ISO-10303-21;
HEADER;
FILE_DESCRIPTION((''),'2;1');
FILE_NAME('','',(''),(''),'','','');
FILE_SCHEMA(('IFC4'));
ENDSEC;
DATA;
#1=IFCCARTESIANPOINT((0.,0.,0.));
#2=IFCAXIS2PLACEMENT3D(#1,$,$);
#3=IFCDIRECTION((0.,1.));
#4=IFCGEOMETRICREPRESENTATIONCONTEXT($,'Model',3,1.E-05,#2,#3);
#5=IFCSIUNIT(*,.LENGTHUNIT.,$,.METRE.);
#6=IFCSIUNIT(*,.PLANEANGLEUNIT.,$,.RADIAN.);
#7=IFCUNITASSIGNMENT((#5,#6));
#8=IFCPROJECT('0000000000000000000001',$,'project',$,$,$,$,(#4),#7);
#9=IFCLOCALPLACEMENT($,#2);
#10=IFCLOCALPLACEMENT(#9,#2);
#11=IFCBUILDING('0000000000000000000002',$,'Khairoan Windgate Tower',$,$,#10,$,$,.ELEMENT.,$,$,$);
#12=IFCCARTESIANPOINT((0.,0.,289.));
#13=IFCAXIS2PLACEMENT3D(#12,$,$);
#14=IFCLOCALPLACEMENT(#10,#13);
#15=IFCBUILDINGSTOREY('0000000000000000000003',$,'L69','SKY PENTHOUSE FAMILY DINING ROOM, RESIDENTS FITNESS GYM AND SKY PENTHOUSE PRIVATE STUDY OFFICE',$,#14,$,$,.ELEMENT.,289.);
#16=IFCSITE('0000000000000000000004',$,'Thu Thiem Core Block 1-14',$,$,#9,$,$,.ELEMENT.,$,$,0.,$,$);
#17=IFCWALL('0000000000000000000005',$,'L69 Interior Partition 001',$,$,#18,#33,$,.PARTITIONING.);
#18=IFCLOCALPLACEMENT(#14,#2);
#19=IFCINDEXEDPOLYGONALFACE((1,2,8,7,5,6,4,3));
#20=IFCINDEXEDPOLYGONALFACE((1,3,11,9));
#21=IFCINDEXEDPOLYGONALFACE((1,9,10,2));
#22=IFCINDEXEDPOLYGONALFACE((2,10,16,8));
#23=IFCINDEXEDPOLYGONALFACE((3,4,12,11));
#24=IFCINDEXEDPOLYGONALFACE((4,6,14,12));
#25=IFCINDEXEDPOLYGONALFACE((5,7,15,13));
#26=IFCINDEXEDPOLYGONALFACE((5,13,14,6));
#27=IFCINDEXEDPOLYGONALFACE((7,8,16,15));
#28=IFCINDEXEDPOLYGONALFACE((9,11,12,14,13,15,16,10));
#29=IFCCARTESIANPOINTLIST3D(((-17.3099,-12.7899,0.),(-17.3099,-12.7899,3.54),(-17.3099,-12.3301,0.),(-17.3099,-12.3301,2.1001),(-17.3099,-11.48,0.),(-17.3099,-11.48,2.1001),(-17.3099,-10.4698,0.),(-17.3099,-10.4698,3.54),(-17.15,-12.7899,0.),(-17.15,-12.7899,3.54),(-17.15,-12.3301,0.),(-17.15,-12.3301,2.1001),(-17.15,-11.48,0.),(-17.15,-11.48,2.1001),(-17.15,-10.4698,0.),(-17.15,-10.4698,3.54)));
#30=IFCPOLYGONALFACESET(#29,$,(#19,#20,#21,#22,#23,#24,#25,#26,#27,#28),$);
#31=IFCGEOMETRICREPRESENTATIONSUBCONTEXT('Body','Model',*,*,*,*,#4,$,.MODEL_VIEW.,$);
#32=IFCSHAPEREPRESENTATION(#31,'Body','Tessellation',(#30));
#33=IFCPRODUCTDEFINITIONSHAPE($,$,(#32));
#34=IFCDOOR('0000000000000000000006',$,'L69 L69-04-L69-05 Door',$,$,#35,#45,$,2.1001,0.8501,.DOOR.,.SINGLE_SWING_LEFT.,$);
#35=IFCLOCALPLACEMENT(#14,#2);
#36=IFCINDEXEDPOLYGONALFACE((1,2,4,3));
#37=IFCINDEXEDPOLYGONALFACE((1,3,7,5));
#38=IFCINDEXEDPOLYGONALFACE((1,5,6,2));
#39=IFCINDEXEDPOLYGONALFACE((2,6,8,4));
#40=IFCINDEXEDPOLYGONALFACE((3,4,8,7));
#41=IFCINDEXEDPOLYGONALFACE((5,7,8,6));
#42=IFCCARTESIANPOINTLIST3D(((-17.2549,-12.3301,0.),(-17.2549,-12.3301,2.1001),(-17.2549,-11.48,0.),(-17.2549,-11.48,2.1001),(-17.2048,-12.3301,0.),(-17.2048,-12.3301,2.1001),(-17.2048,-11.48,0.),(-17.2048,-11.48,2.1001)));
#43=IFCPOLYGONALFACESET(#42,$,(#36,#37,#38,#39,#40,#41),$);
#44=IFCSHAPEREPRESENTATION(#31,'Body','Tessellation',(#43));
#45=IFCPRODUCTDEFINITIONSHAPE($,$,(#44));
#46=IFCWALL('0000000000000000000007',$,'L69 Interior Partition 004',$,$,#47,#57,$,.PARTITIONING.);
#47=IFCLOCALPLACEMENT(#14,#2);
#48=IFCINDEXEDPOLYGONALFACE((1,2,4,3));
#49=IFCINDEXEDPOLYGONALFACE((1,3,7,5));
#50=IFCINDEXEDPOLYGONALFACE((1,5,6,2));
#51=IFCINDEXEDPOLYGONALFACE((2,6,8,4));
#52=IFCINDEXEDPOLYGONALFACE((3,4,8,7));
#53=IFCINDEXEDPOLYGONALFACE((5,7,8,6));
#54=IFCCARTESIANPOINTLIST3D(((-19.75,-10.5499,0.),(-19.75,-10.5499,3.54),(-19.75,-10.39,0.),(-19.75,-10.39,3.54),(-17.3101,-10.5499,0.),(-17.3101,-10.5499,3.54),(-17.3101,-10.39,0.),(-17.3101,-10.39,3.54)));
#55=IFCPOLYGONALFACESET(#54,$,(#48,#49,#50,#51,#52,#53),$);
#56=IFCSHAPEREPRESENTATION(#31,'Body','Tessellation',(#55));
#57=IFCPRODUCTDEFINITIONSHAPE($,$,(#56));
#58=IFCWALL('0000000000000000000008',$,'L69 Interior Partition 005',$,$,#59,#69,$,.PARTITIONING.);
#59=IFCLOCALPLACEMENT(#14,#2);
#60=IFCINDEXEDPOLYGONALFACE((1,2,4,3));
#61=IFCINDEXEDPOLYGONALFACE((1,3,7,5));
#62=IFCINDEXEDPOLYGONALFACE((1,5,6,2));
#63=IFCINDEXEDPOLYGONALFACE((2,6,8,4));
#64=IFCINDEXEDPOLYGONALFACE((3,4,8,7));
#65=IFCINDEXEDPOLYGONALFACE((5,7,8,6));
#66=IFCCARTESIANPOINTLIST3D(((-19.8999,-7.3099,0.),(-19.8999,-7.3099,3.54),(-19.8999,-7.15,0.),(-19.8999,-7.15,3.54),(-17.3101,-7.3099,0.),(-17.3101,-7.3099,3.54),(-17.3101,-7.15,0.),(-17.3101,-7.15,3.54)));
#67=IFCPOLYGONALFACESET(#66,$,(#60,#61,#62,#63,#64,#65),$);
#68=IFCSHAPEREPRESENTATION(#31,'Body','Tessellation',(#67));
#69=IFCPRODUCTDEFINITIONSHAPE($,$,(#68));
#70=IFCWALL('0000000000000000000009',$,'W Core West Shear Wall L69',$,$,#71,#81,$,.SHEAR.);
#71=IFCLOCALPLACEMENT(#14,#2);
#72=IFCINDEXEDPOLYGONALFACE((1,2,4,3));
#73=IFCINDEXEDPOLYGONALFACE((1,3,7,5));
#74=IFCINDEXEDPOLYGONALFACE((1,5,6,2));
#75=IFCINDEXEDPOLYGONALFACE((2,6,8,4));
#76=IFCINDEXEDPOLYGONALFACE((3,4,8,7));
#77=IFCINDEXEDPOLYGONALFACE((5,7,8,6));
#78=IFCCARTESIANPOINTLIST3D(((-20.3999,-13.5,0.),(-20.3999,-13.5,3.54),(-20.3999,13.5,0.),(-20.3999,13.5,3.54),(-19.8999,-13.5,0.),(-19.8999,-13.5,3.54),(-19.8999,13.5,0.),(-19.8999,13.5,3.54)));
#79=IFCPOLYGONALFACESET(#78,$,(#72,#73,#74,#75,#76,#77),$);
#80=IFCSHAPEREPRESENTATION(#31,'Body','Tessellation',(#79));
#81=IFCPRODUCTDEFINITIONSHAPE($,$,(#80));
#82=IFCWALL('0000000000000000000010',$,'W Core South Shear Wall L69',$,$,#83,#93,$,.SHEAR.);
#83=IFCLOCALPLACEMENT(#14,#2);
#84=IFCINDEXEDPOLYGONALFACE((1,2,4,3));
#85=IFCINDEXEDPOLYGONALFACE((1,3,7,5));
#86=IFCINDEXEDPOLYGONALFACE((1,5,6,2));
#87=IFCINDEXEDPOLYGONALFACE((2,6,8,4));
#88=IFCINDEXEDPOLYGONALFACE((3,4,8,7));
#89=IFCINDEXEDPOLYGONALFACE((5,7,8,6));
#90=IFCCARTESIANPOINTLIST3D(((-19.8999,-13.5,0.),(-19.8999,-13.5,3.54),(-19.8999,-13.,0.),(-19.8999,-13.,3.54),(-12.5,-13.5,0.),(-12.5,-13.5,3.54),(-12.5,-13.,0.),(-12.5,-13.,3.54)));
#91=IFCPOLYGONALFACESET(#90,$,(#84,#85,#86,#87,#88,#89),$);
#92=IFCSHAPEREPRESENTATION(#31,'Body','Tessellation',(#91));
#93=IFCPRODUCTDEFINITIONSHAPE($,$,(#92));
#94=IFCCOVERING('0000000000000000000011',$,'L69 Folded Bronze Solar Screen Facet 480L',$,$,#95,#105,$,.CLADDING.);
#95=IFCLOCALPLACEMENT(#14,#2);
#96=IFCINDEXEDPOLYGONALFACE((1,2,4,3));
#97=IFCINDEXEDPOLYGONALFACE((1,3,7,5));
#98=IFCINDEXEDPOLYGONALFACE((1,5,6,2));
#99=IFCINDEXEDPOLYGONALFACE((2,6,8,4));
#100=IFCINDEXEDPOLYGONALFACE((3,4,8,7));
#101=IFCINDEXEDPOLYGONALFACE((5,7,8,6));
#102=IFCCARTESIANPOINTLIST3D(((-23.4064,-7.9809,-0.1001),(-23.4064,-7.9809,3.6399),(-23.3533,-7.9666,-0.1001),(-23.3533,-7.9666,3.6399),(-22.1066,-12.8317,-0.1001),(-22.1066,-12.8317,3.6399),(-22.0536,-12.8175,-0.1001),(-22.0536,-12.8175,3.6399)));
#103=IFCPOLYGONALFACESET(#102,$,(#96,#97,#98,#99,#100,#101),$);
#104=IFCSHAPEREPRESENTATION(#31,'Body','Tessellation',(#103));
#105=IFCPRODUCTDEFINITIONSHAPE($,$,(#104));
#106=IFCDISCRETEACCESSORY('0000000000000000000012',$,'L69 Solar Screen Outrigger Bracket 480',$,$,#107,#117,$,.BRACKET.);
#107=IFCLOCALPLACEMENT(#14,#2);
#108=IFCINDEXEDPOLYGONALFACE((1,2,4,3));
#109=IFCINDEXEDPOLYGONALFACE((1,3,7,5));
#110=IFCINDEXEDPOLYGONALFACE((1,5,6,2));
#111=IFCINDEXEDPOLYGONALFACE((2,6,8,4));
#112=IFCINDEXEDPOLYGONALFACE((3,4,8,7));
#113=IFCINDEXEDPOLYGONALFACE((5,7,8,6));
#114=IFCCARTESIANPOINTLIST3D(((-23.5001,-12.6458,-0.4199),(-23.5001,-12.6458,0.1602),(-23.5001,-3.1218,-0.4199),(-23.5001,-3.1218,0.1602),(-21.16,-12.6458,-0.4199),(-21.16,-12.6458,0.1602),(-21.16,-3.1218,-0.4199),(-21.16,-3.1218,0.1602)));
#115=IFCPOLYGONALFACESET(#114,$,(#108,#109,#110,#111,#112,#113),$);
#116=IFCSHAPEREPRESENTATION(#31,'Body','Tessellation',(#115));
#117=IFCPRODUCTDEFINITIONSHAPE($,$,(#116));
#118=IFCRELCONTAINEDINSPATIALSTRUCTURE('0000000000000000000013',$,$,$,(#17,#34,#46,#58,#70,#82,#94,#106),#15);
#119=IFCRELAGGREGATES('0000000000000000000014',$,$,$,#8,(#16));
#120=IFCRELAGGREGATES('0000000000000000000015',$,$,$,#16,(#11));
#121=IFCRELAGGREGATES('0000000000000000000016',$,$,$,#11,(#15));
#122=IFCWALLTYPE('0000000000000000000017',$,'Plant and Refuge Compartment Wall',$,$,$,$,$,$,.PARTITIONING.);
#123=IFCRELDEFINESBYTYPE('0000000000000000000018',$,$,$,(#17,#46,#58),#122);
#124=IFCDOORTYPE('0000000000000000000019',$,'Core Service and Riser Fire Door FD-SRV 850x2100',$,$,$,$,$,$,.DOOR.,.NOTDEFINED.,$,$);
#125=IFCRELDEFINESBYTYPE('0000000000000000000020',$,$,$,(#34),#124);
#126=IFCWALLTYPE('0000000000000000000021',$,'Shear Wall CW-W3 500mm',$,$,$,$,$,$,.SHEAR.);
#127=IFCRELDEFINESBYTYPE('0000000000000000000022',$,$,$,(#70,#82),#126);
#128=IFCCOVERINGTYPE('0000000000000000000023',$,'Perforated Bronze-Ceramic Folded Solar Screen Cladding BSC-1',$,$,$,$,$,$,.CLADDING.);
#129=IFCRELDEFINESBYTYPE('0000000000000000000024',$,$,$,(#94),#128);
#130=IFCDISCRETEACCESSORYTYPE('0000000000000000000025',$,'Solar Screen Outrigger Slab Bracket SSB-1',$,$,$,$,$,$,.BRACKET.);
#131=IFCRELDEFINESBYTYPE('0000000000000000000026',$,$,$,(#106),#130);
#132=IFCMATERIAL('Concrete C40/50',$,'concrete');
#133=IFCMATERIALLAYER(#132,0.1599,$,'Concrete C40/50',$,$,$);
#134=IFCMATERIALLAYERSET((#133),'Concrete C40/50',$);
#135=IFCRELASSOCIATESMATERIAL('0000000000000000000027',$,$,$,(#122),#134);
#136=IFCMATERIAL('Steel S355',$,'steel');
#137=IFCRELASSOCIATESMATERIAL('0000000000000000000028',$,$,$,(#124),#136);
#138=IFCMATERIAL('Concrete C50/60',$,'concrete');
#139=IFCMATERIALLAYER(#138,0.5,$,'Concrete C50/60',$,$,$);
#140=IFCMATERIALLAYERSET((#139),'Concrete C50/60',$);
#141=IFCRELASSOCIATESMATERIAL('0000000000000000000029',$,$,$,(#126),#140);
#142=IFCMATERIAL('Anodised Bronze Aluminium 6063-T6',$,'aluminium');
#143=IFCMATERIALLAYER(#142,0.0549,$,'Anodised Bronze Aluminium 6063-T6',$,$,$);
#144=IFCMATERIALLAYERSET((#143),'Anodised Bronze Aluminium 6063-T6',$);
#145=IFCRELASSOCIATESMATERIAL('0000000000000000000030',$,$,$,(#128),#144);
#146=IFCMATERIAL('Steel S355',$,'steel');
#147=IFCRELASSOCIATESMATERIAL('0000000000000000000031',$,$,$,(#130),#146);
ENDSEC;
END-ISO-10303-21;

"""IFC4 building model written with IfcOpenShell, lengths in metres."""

from ifc_helpers import new_model, si_unit, direction, frame, frame_2d, origin, origin_2d, place, context, subcontext, project, spatial, rectangle, extrude, material, layer, layer_set, type_object, element, fill, save


model = new_model("IFC4")

# Units and contexts
model_context = context("Model", 3, precision=1e-05, world=origin(), true_north=direction((0.0, 1.0)))
body_context = subcontext(model_context, "Body", "Model", "MODEL_VIEW")
ifc_project = project(units=[si_unit("LENGTHUNIT", "METRE"), si_unit("PLANEANGLEUNIT", "RADIAN")], contexts=[model_context])

# Site, building, storey
site_placement = place(None, origin())
site = spatial("IfcSite", under=ifc_project, at=site_placement, Name="Thu Thiem Core Block 1-14", CompositionType="ELEMENT", RefElevation=0.0)
building_placement = place(site_placement, origin())
building = spatial("IfcBuilding", under=site, at=building_placement, Name="Khairoan Windgate Tower", CompositionType="ELEMENT")
storey_placement = place(building_placement, frame((0.0, 0.0, 289.0)))
storey = spatial("IfcBuildingStorey", under=building, at=storey_placement, Name="L69", Description="SKY PENTHOUSE FAMILY DINING ROOM, RESIDENTS FITNESS GYM AND SKY PENTHOUSE PRIVATE STUDY OFFICE", CompositionType="ELEMENT", Elevation=289.0)

# Wall, opening, door
ifc_material_1 = material(Name="Concrete C40/50", Category="concrete")
ifc_layer_1 = layer(ifc_material_1, 0.1599, Name="Concrete C40/50")
ifc_layer_set_1 = layer_set([ifc_layer_1], Name="Concrete C40/50")
wall_type_1 = type_object("IfcWallType", Name="Plant and Refuge Compartment Wall", PredefinedType="PARTITIONING", material=ifc_layer_set_1)
wall_1_placement = place(storey_placement, frame((-17.23, -12.79, 0.0), z_axis=(0.0, 0.0, 1.0), x_axis=(0.0, 1.0, 0.0)))
wall_1 = element("IfcWall", 1, at=wall_1_placement, inside=storey, type_object=wall_type_1, Name="L69 Interior Partition 001", PredefinedType="PARTITIONING", context=body_context, shape_type="SweptSolid", body=[
    extrude(rectangle(XDim=2.3201, YDim=0.1599, at=frame_2d((1.1602, 0.0))), origin(), (0.0, 0.0, 1.0), 3.54),
])
opening_1_placement = place(wall_1_placement, frame((0.46, 0.0, 0.0)))
opening_1 = element("IfcOpeningElement", 2, at=opening_1_placement, cuts=wall_1, PredefinedType="OPENING", context=body_context, shape_type="SweptSolid", body=[
    extrude(rectangle(XDim=0.8501, YDim=2.1001, at=frame_2d((0.425, 1.05))), frame((0.0, 0.0898, 0.0), z_axis=(0.0, -1.0, 0.0), x_axis=(1.0, 0.0, 0.0)), (0.0, 0.0, 1.0), 0.1799),
])
ifc_material_2 = material(Name="Steel S355", Category="steel")
door_type_1 = type_object("IfcDoorType", Name="Core Service and Riser Fire Door FD-SRV 850x2100", OperationType="NOTDEFINED", PredefinedType="DOOR", material=ifc_material_2)
door_1_placement = place(opening_1_placement, origin())
door_1 = element("IfcDoor", 3, at=door_1_placement, inside=storey, type_object=door_type_1, Name="L69 L69-04-L69-05 Door", OperationType="SINGLE_SWING_LEFT", OverallHeight=2.1001, OverallWidth=0.8501, PredefinedType="DOOR", context=body_context, shape_type="SweptSolid", body=[
    extrude(rectangle(XDim=0.8501, YDim=2.1001, at=frame_2d((0.425, 1.05))), frame((0.0, 0.0249, 0.0), z_axis=(0.0, -1.0, 0.0), x_axis=(1.0, 0.0, 0.0)), (0.0, 0.0, 1.0), 0.05),
])
fill(opening_1, door_1)

# Walls
wall_2_placement = place(storey_placement, frame((-19.75, -10.47, 0.0), z_axis=(0.0, 0.0, 1.0), x_axis=(1.0, 0.0, 0.0)))
element("IfcWall", 4, at=wall_2_placement, inside=storey, type_object=wall_type_1, Name="L69 Interior Partition 004", PredefinedType="PARTITIONING", context=body_context, shape_type="SweptSolid", body=[
    extrude(rectangle(XDim=2.4399, YDim=0.1599, at=frame_2d((1.22, 0.0))), origin(), (0.0, 0.0, 1.0), 3.54),
])
wall_3_placement = place(storey_placement, frame((-19.8999, -7.23, 0.0), z_axis=(0.0, 0.0, 1.0), x_axis=(1.0, 0.0, 0.0)))
element("IfcWall", 5, at=wall_3_placement, inside=storey, type_object=wall_type_1, Name="L69 Interior Partition 005", PredefinedType="PARTITIONING", context=body_context, shape_type="SweptSolid", body=[
    extrude(rectangle(XDim=2.5898, YDim=0.1599, at=frame_2d((1.2949, 0.0))), origin(), (0.0, 0.0, 1.0), 3.54),
])
ifc_material_3 = material(Name="Concrete C50/60", Category="concrete")
ifc_layer_2 = layer(ifc_material_3, 0.5, Name="Concrete C50/60")
ifc_layer_set_2 = layer_set([ifc_layer_2], Name="Concrete C50/60")
wall_type_2 = type_object("IfcWallType", Name="Shear Wall CW-W3 500mm", PredefinedType="SHEAR", material=ifc_layer_set_2)
wall_4_placement = place(storey_placement, frame((-20.1499, -13.5, 0.0), z_axis=(0.0, 0.0, 1.0), x_axis=(0.0, 1.0, 0.0)))
element("IfcWall", 6, at=wall_4_placement, inside=storey, type_object=wall_type_2, Name="W Core West Shear Wall L69", PredefinedType="SHEAR", context=body_context, shape_type="SweptSolid", body=[
    extrude(rectangle(XDim=27.0, YDim=0.5, at=frame_2d((13.5, 0.0))), origin(), (0.0, 0.0, 1.0), 3.54),
])
wall_5_placement = place(storey_placement, frame((-19.8999, -13.25, 0.0), z_axis=(0.0, 0.0, 1.0), x_axis=(1.0, 0.0, 0.0)))
element("IfcWall", 7, at=wall_5_placement, inside=storey, type_object=wall_type_2, Name="W Core South Shear Wall L69", PredefinedType="SHEAR", context=body_context, shape_type="SweptSolid", body=[
    extrude(rectangle(XDim=7.3999, YDim=0.5, at=frame_2d((3.7, 0.0))), origin(), (0.0, 0.0, 1.0), 3.54),
])

# Covering
ifc_material_4 = material(Name="Anodised Bronze Aluminium 6063-T6", Category="aluminium")
ifc_layer_3 = layer(ifc_material_4, 0.0549, Name="Anodised Bronze Aluminium 6063-T6")
ifc_layer_set_3 = layer_set([ifc_layer_3], Name="Anodised Bronze Aluminium 6063-T6")
covering_type = type_object("IfcCoveringType", Name="Perforated Bronze-Ceramic Folded Solar Screen Cladding BSC-1", PredefinedType="CLADDING", material=ifc_layer_set_3)
covering_placement = place(storey_placement, frame((-22.73, -10.3992, -0.1001), z_axis=(0.0, 0.0, 1.0), x_axis=(-0.258819, 0.965926, 0.0)))
element("IfcCovering", 8, at=covering_placement, inside=storey, type_object=covering_type, Name="L69 Folded Bronze Solar Screen Facet 480L", PredefinedType="CLADDING", context=body_context, shape_type="SweptSolid", body=[
    extrude(rectangle(XDim=5.022, YDim=0.0549, at=origin_2d()), origin(), (0.0, 0.0, 1.0), 3.74),
])

# Discrete accessory
ifc_material_5 = material(Name="Steel S355", Category="steel")
discrete_accessory_type = type_object("IfcDiscreteAccessoryType", Name="Solar Screen Outrigger Slab Bracket SSB-1", PredefinedType="BRACKET", material=ifc_material_5)
discrete_accessory_placement = place(storey_placement, frame((-22.3301, -7.8838, -0.4199), z_axis=(0.0, 0.0, 1.0), x_axis=(0.0, 1.0, 0.0)))
element("IfcDiscreteAccessory", 9, at=discrete_accessory_placement, inside=storey, type_object=discrete_accessory_type, Name="L69 Solar Screen Outrigger Bracket 480", PredefinedType="BRACKET", context=body_context, shape_type="SweptSolid", body=[
    extrude(rectangle(XDim=9.5239, YDim=2.3401, at=origin_2d()), origin(), (0.0, 0.0, 1.0), 0.5801),
])

save(model, "model.ifc")
